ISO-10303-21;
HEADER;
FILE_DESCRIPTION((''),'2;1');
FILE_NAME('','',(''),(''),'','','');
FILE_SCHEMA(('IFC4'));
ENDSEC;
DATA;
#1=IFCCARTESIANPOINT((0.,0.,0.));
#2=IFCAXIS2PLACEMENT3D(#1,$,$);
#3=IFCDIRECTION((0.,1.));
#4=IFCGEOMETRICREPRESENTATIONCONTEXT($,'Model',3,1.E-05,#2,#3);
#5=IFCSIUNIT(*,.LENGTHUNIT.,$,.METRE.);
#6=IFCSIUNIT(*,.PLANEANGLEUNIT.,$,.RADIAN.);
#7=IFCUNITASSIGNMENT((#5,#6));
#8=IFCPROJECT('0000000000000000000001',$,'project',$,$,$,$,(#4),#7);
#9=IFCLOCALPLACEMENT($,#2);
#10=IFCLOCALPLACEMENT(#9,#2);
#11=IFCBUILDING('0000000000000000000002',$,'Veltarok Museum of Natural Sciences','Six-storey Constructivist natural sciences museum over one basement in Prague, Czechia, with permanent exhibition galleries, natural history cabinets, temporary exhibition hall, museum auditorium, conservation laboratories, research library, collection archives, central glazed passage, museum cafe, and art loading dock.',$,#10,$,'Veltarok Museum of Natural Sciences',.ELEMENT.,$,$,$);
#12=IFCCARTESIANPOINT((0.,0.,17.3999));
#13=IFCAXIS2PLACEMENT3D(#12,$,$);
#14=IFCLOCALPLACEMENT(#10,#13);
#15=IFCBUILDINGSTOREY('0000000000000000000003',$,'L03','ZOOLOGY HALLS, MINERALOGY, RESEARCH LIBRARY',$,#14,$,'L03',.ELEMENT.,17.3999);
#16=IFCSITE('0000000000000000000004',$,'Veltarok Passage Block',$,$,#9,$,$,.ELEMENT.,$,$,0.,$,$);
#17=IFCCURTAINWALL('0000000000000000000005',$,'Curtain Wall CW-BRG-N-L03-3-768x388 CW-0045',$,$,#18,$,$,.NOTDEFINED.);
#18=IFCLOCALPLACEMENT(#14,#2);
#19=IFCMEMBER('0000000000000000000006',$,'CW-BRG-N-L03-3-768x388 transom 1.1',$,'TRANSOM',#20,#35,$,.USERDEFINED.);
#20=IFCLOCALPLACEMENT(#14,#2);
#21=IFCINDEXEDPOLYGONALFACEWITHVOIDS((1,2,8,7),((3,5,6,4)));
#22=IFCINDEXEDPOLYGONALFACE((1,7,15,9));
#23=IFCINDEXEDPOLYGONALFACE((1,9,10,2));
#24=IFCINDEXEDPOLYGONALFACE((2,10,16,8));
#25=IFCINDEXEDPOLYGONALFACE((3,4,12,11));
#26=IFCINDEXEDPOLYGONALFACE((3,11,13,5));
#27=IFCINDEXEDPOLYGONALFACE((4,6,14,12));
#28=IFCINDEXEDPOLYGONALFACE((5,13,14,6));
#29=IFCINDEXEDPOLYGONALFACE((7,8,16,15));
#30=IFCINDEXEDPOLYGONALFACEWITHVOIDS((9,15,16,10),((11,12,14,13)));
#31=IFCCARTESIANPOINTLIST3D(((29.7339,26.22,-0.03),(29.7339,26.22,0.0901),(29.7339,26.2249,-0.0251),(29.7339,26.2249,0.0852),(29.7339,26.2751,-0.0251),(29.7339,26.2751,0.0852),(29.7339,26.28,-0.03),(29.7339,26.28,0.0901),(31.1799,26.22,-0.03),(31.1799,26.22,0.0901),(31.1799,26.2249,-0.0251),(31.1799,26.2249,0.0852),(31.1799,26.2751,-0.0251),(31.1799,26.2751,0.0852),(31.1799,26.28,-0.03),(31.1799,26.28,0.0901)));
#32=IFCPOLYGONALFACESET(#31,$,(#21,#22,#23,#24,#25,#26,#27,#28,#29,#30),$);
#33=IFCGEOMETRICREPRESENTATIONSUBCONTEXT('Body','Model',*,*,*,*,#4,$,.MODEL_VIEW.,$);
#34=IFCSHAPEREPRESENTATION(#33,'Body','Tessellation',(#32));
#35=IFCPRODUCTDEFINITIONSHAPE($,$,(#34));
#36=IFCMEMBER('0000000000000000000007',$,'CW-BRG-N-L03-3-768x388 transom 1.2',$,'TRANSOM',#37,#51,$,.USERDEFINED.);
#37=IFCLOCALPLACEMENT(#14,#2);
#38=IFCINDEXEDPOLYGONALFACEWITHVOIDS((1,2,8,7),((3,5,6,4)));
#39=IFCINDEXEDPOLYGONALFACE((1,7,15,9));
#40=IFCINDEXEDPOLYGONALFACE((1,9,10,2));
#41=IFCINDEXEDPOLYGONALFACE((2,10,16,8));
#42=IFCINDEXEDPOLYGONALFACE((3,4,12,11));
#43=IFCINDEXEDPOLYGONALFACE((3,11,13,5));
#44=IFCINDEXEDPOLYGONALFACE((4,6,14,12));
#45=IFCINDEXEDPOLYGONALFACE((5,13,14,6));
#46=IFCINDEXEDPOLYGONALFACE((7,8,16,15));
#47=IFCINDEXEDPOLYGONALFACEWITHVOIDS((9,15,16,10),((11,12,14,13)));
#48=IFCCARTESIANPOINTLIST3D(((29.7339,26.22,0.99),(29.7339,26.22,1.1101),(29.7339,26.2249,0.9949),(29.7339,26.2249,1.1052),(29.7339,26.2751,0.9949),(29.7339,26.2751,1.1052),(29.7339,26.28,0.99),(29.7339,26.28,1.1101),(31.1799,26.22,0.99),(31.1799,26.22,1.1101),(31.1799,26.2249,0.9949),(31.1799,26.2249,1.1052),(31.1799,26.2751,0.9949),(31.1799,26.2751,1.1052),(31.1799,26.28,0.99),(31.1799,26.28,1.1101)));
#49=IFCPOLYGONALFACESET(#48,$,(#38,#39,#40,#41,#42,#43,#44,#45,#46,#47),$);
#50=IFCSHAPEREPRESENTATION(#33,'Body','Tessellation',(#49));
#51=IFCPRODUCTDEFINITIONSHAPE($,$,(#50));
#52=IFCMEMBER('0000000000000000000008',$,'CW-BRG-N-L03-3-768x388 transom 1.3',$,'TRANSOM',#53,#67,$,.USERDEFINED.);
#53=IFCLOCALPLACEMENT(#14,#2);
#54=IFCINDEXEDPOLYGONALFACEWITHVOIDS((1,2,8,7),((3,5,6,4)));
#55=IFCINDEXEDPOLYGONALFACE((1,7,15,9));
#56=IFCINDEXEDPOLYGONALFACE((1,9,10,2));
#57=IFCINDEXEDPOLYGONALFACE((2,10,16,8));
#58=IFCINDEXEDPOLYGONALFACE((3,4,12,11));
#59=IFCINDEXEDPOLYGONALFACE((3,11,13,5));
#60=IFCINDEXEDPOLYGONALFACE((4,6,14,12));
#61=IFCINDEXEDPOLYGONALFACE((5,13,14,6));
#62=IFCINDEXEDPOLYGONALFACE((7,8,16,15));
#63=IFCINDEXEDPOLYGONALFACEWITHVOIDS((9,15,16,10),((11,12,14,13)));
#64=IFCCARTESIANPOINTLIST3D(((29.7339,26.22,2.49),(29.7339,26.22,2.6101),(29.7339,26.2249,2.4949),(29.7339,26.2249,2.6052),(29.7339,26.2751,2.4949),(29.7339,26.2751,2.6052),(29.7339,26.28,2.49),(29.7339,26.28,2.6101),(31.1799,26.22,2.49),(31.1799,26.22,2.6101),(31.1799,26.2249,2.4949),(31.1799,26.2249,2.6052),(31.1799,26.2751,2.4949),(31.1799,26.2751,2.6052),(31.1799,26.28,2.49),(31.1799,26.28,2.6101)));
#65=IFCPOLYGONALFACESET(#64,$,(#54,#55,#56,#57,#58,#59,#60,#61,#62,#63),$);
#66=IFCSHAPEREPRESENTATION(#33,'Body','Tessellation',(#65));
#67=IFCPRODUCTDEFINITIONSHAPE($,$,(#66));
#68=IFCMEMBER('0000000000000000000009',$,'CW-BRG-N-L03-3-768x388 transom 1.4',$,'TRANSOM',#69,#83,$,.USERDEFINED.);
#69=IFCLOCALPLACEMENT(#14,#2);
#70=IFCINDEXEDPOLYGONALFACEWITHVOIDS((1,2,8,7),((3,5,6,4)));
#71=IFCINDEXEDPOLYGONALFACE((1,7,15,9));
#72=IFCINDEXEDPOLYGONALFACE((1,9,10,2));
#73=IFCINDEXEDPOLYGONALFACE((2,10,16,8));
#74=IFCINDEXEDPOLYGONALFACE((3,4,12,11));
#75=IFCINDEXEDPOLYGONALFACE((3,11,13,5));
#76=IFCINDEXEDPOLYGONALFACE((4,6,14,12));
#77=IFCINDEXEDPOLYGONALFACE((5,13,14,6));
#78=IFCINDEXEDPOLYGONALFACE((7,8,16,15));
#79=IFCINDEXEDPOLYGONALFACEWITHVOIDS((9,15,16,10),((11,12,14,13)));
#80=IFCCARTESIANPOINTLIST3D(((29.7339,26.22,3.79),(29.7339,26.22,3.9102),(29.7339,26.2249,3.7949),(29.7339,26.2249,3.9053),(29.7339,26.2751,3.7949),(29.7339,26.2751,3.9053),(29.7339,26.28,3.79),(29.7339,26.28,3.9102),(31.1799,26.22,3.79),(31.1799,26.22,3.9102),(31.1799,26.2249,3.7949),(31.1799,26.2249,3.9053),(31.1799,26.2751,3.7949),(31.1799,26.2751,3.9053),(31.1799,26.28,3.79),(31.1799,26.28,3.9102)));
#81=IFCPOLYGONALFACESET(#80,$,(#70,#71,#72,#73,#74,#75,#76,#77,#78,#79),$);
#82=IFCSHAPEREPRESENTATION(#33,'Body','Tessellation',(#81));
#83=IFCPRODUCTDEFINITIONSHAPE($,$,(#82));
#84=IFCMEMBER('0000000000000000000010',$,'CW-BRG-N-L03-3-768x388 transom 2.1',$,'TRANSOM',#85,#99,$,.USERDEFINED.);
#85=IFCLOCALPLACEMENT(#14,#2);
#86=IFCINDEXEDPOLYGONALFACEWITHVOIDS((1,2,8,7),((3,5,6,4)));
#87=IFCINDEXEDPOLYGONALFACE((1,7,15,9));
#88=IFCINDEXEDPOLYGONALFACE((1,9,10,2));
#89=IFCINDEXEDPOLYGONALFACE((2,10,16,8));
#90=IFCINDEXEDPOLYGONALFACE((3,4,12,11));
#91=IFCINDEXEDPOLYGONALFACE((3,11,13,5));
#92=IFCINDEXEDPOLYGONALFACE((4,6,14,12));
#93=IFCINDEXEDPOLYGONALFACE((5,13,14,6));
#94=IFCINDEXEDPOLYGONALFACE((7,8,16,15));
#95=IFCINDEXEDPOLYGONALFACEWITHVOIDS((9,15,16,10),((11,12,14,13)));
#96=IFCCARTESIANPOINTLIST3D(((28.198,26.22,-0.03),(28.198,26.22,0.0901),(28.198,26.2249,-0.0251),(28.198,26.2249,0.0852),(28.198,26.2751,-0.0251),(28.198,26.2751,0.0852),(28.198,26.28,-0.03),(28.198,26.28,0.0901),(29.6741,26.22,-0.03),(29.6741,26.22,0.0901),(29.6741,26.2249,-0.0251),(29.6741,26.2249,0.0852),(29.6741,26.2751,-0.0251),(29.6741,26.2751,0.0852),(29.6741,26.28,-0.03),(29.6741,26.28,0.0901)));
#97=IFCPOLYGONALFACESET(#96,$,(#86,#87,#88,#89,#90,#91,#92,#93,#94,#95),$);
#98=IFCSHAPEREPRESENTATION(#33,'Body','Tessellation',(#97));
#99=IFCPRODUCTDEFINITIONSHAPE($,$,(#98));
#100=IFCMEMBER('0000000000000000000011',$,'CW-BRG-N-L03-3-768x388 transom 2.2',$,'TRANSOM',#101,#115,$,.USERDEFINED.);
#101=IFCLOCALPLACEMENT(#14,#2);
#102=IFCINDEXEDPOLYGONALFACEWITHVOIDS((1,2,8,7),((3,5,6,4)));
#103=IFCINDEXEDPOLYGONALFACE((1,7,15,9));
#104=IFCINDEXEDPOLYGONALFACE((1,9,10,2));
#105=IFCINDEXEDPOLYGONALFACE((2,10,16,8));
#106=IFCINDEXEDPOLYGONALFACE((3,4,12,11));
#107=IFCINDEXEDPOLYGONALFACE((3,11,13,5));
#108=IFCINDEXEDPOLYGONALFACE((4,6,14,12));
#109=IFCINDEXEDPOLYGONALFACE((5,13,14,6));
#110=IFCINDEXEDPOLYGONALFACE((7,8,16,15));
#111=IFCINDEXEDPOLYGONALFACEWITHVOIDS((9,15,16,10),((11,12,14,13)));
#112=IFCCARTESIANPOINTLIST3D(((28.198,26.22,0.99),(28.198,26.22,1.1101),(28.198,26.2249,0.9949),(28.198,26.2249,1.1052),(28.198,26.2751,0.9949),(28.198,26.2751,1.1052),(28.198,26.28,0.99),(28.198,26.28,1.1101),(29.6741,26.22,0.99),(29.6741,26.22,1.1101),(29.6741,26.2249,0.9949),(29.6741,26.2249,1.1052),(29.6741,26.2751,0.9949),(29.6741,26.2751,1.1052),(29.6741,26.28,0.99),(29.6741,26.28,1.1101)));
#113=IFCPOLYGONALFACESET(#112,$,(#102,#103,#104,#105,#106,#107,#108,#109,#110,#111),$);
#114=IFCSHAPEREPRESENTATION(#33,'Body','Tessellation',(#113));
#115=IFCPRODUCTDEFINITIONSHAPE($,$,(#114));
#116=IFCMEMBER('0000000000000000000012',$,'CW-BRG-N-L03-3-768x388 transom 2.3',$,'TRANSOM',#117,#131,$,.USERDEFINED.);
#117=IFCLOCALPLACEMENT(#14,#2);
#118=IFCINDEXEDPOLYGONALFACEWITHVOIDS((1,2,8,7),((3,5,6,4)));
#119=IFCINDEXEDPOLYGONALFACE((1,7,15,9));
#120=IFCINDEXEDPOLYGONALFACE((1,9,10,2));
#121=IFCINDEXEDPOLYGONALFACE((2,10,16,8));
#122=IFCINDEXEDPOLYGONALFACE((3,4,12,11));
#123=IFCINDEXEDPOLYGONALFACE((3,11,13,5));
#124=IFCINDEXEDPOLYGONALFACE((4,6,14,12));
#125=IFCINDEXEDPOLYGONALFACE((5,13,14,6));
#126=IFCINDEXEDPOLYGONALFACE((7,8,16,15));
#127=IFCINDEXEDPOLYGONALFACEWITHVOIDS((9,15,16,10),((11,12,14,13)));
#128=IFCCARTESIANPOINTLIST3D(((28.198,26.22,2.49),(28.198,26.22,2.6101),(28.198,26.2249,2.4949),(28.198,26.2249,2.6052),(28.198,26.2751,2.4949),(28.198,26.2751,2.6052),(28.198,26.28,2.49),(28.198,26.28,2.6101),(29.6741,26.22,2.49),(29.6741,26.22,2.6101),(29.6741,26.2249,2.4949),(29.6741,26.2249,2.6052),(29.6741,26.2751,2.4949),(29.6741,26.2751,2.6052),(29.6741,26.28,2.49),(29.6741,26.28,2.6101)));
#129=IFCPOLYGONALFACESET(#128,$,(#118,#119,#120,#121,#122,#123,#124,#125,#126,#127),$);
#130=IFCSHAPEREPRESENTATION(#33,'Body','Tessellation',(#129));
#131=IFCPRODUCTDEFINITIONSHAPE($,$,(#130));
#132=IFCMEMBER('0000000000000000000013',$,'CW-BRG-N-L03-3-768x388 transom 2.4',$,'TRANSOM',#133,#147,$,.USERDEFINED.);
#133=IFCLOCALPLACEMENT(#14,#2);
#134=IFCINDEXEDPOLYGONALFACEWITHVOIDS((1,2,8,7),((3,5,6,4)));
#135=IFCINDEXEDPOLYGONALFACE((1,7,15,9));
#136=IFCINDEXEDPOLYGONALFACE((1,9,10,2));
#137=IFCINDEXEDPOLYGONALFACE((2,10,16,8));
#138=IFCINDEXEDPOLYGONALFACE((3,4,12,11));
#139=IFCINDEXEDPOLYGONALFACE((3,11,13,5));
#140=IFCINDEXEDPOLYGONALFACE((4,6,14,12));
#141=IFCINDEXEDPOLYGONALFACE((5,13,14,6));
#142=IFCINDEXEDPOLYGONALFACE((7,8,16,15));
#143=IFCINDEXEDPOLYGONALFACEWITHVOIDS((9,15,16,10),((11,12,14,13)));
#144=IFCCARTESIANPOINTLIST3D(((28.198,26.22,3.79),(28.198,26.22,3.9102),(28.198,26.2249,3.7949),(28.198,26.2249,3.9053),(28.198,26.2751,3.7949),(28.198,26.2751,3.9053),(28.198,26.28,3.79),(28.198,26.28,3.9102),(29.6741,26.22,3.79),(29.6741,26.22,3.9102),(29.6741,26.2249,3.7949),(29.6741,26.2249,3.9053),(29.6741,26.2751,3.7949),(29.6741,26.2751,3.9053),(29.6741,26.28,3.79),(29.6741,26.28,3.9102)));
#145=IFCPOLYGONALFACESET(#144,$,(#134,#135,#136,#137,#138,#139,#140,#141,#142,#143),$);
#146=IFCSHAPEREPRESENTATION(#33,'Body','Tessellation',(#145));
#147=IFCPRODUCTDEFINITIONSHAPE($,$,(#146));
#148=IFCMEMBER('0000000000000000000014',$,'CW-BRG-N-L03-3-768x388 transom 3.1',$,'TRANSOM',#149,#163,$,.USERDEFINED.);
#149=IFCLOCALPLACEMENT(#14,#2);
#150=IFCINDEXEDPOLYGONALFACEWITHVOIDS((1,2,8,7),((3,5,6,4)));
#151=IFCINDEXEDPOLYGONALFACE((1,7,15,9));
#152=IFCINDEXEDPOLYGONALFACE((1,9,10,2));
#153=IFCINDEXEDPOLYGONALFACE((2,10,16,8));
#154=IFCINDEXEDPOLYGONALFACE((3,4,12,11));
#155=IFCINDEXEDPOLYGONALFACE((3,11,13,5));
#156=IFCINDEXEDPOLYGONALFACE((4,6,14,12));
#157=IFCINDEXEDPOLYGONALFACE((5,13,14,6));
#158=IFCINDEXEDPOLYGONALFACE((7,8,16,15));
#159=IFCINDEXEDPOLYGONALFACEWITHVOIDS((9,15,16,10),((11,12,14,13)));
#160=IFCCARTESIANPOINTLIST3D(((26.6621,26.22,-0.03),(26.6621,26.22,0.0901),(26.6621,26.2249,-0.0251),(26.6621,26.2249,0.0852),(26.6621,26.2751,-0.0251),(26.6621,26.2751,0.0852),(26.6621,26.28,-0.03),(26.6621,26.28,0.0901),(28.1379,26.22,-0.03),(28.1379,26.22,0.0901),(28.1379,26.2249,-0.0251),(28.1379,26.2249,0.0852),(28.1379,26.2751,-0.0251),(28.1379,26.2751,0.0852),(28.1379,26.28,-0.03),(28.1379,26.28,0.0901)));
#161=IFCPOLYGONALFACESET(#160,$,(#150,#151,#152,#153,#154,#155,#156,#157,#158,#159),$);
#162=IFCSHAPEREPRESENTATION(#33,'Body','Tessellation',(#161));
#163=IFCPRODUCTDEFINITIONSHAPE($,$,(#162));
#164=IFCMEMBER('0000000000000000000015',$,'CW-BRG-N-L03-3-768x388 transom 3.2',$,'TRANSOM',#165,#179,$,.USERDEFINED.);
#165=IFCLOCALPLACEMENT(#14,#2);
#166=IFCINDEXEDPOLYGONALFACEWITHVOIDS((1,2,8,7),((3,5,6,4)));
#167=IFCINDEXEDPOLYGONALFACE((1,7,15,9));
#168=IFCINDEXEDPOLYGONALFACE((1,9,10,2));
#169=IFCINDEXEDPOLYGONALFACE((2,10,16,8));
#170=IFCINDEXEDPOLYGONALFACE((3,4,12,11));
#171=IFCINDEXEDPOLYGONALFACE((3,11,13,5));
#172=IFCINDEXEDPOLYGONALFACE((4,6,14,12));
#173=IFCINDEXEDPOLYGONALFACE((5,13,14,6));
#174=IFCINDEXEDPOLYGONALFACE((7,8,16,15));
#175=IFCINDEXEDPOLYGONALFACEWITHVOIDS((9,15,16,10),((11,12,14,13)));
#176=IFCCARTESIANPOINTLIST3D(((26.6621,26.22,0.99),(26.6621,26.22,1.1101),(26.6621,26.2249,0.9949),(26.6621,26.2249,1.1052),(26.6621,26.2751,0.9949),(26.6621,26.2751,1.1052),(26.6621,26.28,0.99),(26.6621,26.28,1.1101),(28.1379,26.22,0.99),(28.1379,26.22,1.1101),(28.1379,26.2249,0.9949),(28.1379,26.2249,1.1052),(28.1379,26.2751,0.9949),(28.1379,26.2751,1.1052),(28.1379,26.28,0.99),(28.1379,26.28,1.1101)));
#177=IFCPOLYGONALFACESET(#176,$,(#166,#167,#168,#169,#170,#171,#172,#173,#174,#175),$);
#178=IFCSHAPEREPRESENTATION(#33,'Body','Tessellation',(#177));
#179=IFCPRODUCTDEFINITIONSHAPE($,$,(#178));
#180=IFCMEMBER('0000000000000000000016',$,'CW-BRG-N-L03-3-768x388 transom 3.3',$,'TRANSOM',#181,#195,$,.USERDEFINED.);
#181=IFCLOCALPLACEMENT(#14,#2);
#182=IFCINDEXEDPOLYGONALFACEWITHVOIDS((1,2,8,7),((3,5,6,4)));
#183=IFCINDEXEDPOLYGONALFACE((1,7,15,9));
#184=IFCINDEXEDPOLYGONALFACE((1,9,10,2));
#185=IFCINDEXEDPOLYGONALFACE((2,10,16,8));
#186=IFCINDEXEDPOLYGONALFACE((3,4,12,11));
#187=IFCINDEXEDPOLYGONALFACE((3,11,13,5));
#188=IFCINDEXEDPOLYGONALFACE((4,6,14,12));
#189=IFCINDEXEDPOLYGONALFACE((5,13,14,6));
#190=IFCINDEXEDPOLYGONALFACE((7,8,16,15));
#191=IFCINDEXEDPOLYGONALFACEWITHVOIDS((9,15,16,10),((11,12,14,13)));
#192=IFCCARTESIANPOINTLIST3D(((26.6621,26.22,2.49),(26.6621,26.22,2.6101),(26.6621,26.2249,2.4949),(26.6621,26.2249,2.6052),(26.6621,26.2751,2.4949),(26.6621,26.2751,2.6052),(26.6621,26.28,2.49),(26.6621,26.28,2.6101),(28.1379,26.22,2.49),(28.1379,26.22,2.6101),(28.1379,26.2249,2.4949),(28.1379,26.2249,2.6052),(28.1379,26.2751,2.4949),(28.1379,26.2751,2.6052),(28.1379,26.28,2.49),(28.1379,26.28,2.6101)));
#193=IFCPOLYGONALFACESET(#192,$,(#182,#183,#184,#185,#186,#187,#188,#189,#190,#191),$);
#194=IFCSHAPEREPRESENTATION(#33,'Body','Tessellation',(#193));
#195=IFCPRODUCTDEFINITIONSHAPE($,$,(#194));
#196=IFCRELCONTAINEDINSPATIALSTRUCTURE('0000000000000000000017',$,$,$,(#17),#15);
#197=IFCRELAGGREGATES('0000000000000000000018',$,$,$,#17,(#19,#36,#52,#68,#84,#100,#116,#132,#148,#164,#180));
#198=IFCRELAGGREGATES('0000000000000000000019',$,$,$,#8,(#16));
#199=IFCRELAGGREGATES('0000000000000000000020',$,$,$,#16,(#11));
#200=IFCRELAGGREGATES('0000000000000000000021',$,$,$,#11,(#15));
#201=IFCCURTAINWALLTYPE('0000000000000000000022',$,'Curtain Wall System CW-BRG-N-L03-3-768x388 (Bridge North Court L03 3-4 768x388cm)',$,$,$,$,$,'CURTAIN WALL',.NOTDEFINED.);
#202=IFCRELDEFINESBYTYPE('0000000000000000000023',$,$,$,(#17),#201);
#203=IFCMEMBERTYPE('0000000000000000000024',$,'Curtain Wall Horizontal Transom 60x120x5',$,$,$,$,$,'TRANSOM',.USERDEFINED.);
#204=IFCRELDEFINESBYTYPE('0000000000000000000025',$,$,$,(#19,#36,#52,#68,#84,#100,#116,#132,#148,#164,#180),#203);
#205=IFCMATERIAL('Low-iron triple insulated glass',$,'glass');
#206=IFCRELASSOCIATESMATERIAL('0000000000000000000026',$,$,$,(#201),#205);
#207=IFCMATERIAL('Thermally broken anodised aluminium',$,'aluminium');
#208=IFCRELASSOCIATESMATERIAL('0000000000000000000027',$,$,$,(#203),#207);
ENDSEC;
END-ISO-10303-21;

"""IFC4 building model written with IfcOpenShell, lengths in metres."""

from ifc_helpers import new_model, si_unit, direction, frame, origin, origin_2d, place, context, subcontext, project, spatial, hollow_rectangle, extrude, material, material_profile, profile_set, type_object, element, aggregate, save


model = new_model("IFC4")

# Units and contexts
model_context = context("Model", 3, precision=1e-05, world=origin(), true_north=direction((0.0, 1.0)))
body_context = subcontext(model_context, "Body", "Model", "MODEL_VIEW")
ifc_project = project(units=[si_unit("LENGTHUNIT", "METRE"), si_unit("PLANEANGLEUNIT", "RADIAN")], contexts=[model_context])

# Site, building, storey
site_placement = place(None, origin())
site = spatial("IfcSite", under=ifc_project, at=site_placement, Name="Veltarok Passage Block", CompositionType="ELEMENT", RefElevation=0.0)
building_placement = place(site_placement, origin())
building = spatial("IfcBuilding", under=site, at=building_placement, Name="Veltarok Museum of Natural Sciences", Description="Six-storey Constructivist natural sciences museum over one basement in Prague, Czechia, with permanent exhibition galleries, natural history cabinets, temporary exhibition hall, museum auditorium, conservation laboratories, research library, collection archives, central glazed passage, museum cafe, and art loading dock.", LongName="Veltarok Museum of Natural Sciences", CompositionType="ELEMENT")
storey_placement = place(building_placement, frame((0.0, 0.0, 17.3999)))
storey = spatial("IfcBuildingStorey", under=building, at=storey_placement, Name="L03", Description="ZOOLOGY HALLS, MINERALOGY, RESEARCH LIBRARY", LongName="L03", CompositionType="ELEMENT", Elevation=17.3999)

# Curtain wall, members
ifc_material_1 = material(Name="Low-iron triple insulated glass", Category="glass")
curtain_wall_type = type_object("IfcCurtainWallType", Name="Curtain Wall System CW-BRG-N-L03-3-768x388 (Bridge North Court L03 3-4 768x388cm)", ElementType="CURTAIN WALL", PredefinedType="NOTDEFINED", material=ifc_material_1)
curtain_wall_placement = place(storey_placement, origin())
curtain_wall = element("IfcCurtainWall", 1, at=curtain_wall_placement, inside=storey, type_object=curtain_wall_type, Name="Curtain Wall CW-BRG-N-L03-3-768x388 CW-0045", PredefinedType="NOTDEFINED")
ifc_material_2 = material(Name="Thermally broken anodised aluminium", Category="aluminium")
ifc_material_profile_1 = material_profile(ifc_material_2, hollow_rectangle(XDim=0.0601, YDim=0.1201, WallThickness=0.0049, at=origin_2d()), Name="CW TRANSOM 60x120x5")
ifc_profile_set_1 = profile_set([ifc_material_profile_1], Name="Thermally broken anodised aluminium")
member_type_1 = type_object("IfcMemberType", Name="Curtain Wall Horizontal Transom 60x120x5", ElementType="TRANSOM", PredefinedType="USERDEFINED", material=ifc_profile_set_1)
member_1_placement = place(storey_placement, frame((31.1799, 26.25, 0.03), z_axis=(-1.0, 0.0, 0.0), x_axis=(0.0, -1.0, 0.0)))
member_1 = element("IfcMember", 2, at=member_1_placement, type_object=member_type_1, Name="CW-BRG-N-L03-3-768x388 transom 1.1", ObjectType="TRANSOM", PredefinedType="USERDEFINED", context=body_context, shape_type="SweptSolid", body=[
    extrude(hollow_rectangle(XDim=0.0601, YDim=0.1201, WallThickness=0.0049, at=origin_2d()), origin(), (0.0, 0.0, 1.0), 1.446),
])
member_2_placement = place(storey_placement, frame((31.1799, 26.25, 1.05), z_axis=(-1.0, 0.0, 0.0), x_axis=(0.0, -1.0, 0.0)))
member_2 = element("IfcMember", 3, at=member_2_placement, type_object=member_type_1, Name="CW-BRG-N-L03-3-768x388 transom 1.2", ObjectType="TRANSOM", PredefinedType="USERDEFINED", context=body_context, shape_type="SweptSolid", body=[
    extrude(hollow_rectangle(XDim=0.0601, YDim=0.1201, WallThickness=0.0049, at=origin_2d()), origin(), (0.0, 0.0, 1.0), 1.446),
])
member_3_placement = place(storey_placement, frame((31.1799, 26.25, 2.55), z_axis=(-1.0, 0.0, 0.0), x_axis=(0.0, -1.0, 0.0)))
member_3 = element("IfcMember", 4, at=member_3_placement, type_object=member_type_1, Name="CW-BRG-N-L03-3-768x388 transom 1.3", ObjectType="TRANSOM", PredefinedType="USERDEFINED", context=body_context, shape_type="SweptSolid", body=[
    extrude(hollow_rectangle(XDim=0.0601, YDim=0.1201, WallThickness=0.0049, at=origin_2d()), origin(), (0.0, 0.0, 1.0), 1.446),
])
member_4_placement = place(storey_placement, frame((31.1799, 26.25, 3.8501), z_axis=(-1.0, 0.0, 0.0), x_axis=(0.0, -1.0, 0.0)))
member_4 = element("IfcMember", 5, at=member_4_placement, type_object=member_type_1, Name="CW-BRG-N-L03-3-768x388 transom 1.4", ObjectType="TRANSOM", PredefinedType="USERDEFINED", context=body_context, shape_type="SweptSolid", body=[
    extrude(hollow_rectangle(XDim=0.0601, YDim=0.1201, WallThickness=0.0049, at=origin_2d()), origin(), (0.0, 0.0, 1.0), 1.446),
])
member_5_placement = place(storey_placement, frame((29.6741, 26.25, 0.03), z_axis=(-1.0, 0.0, 0.0), x_axis=(0.0, -1.0, 0.0)))
member_5 = element("IfcMember", 6, at=member_5_placement, type_object=member_type_1, Name="CW-BRG-N-L03-3-768x388 transom 2.1", ObjectType="TRANSOM", PredefinedType="USERDEFINED", context=body_context, shape_type="SweptSolid", body=[
    extrude(hollow_rectangle(XDim=0.0601, YDim=0.1201, WallThickness=0.0049, at=origin_2d()), origin(), (0.0, 0.0, 1.0), 1.4761),
])
member_6_placement = place(storey_placement, frame((29.6741, 26.25, 1.05), z_axis=(-1.0, 0.0, 0.0), x_axis=(0.0, -1.0, 0.0)))
member_6 = element("IfcMember", 7, at=member_6_placement, type_object=member_type_1, Name="CW-BRG-N-L03-3-768x388 transom 2.2", ObjectType="TRANSOM", PredefinedType="USERDEFINED", context=body_context, shape_type="SweptSolid", body=[
    extrude(hollow_rectangle(XDim=0.0601, YDim=0.1201, WallThickness=0.0049, at=origin_2d()), origin(), (0.0, 0.0, 1.0), 1.4761),
])
member_7_placement = place(storey_placement, frame((29.6741, 26.25, 2.55), z_axis=(-1.0, 0.0, 0.0), x_axis=(0.0, -1.0, 0.0)))
member_7 = element("IfcMember", 8, at=member_7_placement, type_object=member_type_1, Name="CW-BRG-N-L03-3-768x388 transom 2.3", ObjectType="TRANSOM", PredefinedType="USERDEFINED", context=body_context, shape_type="SweptSolid", body=[
    extrude(hollow_rectangle(XDim=0.0601, YDim=0.1201, WallThickness=0.0049, at=origin_2d()), origin(), (0.0, 0.0, 1.0), 1.4761),
])
member_8_placement = place(storey_placement, frame((29.6741, 26.25, 3.8501), z_axis=(-1.0, 0.0, 0.0), x_axis=(0.0, -1.0, 0.0)))
member_8 = element("IfcMember", 9, at=member_8_placement, type_object=member_type_1, Name="CW-BRG-N-L03-3-768x388 transom 2.4", ObjectType="TRANSOM", PredefinedType="USERDEFINED", context=body_context, shape_type="SweptSolid", body=[
    extrude(hollow_rectangle(XDim=0.0601, YDim=0.1201, WallThickness=0.0049, at=origin_2d()), origin(), (0.0, 0.0, 1.0), 1.4761),
])
member_9_placement = place(storey_placement, frame((28.1379, 26.25, 0.03), z_axis=(-1.0, 0.0, 0.0), x_axis=(0.0, -1.0, 0.0)))
member_9 = element("IfcMember", 10, at=member_9_placement, type_object=member_type_1, Name="CW-BRG-N-L03-3-768x388 transom 3.1", ObjectType="TRANSOM", PredefinedType="USERDEFINED", context=body_context, shape_type="SweptSolid", body=[
    extrude(hollow_rectangle(XDim=0.0601, YDim=0.1201, WallThickness=0.0049, at=origin_2d()), origin(), (0.0, 0.0, 1.0), 1.4758),
])
member_10_placement = place(storey_placement, frame((28.1379, 26.25, 1.05), z_axis=(-1.0, 0.0, 0.0), x_axis=(0.0, -1.0, 0.0)))
member_10 = element("IfcMember", 11, at=member_10_placement, type_object=member_type_1, Name="CW-BRG-N-L03-3-768x388 transom 3.2", ObjectType="TRANSOM", PredefinedType="USERDEFINED", context=body_context, shape_type="SweptSolid", body=[
    extrude(hollow_rectangle(XDim=0.0601, YDim=0.1201, WallThickness=0.0049, at=origin_2d()), origin(), (0.0, 0.0, 1.0), 1.4758),
])
member_11_placement = place(storey_placement, frame((28.1379, 26.25, 2.55), z_axis=(-1.0, 0.0, 0.0), x_axis=(0.0, -1.0, 0.0)))
member_11 = element("IfcMember", 12, at=member_11_placement, type_object=member_type_1, Name="CW-BRG-N-L03-3-768x388 transom 3.3", ObjectType="TRANSOM", PredefinedType="USERDEFINED", context=body_context, shape_type="SweptSolid", body=[
    extrude(hollow_rectangle(XDim=0.0601, YDim=0.1201, WallThickness=0.0049, at=origin_2d()), origin(), (0.0, 0.0, 1.0), 1.4758),
])

aggregate(curtain_wall, [member_1, member_2, member_3, member_4, member_5, member_6, member_7, member_8, member_9, member_10, member_11])

save(model, "model.ifc")
